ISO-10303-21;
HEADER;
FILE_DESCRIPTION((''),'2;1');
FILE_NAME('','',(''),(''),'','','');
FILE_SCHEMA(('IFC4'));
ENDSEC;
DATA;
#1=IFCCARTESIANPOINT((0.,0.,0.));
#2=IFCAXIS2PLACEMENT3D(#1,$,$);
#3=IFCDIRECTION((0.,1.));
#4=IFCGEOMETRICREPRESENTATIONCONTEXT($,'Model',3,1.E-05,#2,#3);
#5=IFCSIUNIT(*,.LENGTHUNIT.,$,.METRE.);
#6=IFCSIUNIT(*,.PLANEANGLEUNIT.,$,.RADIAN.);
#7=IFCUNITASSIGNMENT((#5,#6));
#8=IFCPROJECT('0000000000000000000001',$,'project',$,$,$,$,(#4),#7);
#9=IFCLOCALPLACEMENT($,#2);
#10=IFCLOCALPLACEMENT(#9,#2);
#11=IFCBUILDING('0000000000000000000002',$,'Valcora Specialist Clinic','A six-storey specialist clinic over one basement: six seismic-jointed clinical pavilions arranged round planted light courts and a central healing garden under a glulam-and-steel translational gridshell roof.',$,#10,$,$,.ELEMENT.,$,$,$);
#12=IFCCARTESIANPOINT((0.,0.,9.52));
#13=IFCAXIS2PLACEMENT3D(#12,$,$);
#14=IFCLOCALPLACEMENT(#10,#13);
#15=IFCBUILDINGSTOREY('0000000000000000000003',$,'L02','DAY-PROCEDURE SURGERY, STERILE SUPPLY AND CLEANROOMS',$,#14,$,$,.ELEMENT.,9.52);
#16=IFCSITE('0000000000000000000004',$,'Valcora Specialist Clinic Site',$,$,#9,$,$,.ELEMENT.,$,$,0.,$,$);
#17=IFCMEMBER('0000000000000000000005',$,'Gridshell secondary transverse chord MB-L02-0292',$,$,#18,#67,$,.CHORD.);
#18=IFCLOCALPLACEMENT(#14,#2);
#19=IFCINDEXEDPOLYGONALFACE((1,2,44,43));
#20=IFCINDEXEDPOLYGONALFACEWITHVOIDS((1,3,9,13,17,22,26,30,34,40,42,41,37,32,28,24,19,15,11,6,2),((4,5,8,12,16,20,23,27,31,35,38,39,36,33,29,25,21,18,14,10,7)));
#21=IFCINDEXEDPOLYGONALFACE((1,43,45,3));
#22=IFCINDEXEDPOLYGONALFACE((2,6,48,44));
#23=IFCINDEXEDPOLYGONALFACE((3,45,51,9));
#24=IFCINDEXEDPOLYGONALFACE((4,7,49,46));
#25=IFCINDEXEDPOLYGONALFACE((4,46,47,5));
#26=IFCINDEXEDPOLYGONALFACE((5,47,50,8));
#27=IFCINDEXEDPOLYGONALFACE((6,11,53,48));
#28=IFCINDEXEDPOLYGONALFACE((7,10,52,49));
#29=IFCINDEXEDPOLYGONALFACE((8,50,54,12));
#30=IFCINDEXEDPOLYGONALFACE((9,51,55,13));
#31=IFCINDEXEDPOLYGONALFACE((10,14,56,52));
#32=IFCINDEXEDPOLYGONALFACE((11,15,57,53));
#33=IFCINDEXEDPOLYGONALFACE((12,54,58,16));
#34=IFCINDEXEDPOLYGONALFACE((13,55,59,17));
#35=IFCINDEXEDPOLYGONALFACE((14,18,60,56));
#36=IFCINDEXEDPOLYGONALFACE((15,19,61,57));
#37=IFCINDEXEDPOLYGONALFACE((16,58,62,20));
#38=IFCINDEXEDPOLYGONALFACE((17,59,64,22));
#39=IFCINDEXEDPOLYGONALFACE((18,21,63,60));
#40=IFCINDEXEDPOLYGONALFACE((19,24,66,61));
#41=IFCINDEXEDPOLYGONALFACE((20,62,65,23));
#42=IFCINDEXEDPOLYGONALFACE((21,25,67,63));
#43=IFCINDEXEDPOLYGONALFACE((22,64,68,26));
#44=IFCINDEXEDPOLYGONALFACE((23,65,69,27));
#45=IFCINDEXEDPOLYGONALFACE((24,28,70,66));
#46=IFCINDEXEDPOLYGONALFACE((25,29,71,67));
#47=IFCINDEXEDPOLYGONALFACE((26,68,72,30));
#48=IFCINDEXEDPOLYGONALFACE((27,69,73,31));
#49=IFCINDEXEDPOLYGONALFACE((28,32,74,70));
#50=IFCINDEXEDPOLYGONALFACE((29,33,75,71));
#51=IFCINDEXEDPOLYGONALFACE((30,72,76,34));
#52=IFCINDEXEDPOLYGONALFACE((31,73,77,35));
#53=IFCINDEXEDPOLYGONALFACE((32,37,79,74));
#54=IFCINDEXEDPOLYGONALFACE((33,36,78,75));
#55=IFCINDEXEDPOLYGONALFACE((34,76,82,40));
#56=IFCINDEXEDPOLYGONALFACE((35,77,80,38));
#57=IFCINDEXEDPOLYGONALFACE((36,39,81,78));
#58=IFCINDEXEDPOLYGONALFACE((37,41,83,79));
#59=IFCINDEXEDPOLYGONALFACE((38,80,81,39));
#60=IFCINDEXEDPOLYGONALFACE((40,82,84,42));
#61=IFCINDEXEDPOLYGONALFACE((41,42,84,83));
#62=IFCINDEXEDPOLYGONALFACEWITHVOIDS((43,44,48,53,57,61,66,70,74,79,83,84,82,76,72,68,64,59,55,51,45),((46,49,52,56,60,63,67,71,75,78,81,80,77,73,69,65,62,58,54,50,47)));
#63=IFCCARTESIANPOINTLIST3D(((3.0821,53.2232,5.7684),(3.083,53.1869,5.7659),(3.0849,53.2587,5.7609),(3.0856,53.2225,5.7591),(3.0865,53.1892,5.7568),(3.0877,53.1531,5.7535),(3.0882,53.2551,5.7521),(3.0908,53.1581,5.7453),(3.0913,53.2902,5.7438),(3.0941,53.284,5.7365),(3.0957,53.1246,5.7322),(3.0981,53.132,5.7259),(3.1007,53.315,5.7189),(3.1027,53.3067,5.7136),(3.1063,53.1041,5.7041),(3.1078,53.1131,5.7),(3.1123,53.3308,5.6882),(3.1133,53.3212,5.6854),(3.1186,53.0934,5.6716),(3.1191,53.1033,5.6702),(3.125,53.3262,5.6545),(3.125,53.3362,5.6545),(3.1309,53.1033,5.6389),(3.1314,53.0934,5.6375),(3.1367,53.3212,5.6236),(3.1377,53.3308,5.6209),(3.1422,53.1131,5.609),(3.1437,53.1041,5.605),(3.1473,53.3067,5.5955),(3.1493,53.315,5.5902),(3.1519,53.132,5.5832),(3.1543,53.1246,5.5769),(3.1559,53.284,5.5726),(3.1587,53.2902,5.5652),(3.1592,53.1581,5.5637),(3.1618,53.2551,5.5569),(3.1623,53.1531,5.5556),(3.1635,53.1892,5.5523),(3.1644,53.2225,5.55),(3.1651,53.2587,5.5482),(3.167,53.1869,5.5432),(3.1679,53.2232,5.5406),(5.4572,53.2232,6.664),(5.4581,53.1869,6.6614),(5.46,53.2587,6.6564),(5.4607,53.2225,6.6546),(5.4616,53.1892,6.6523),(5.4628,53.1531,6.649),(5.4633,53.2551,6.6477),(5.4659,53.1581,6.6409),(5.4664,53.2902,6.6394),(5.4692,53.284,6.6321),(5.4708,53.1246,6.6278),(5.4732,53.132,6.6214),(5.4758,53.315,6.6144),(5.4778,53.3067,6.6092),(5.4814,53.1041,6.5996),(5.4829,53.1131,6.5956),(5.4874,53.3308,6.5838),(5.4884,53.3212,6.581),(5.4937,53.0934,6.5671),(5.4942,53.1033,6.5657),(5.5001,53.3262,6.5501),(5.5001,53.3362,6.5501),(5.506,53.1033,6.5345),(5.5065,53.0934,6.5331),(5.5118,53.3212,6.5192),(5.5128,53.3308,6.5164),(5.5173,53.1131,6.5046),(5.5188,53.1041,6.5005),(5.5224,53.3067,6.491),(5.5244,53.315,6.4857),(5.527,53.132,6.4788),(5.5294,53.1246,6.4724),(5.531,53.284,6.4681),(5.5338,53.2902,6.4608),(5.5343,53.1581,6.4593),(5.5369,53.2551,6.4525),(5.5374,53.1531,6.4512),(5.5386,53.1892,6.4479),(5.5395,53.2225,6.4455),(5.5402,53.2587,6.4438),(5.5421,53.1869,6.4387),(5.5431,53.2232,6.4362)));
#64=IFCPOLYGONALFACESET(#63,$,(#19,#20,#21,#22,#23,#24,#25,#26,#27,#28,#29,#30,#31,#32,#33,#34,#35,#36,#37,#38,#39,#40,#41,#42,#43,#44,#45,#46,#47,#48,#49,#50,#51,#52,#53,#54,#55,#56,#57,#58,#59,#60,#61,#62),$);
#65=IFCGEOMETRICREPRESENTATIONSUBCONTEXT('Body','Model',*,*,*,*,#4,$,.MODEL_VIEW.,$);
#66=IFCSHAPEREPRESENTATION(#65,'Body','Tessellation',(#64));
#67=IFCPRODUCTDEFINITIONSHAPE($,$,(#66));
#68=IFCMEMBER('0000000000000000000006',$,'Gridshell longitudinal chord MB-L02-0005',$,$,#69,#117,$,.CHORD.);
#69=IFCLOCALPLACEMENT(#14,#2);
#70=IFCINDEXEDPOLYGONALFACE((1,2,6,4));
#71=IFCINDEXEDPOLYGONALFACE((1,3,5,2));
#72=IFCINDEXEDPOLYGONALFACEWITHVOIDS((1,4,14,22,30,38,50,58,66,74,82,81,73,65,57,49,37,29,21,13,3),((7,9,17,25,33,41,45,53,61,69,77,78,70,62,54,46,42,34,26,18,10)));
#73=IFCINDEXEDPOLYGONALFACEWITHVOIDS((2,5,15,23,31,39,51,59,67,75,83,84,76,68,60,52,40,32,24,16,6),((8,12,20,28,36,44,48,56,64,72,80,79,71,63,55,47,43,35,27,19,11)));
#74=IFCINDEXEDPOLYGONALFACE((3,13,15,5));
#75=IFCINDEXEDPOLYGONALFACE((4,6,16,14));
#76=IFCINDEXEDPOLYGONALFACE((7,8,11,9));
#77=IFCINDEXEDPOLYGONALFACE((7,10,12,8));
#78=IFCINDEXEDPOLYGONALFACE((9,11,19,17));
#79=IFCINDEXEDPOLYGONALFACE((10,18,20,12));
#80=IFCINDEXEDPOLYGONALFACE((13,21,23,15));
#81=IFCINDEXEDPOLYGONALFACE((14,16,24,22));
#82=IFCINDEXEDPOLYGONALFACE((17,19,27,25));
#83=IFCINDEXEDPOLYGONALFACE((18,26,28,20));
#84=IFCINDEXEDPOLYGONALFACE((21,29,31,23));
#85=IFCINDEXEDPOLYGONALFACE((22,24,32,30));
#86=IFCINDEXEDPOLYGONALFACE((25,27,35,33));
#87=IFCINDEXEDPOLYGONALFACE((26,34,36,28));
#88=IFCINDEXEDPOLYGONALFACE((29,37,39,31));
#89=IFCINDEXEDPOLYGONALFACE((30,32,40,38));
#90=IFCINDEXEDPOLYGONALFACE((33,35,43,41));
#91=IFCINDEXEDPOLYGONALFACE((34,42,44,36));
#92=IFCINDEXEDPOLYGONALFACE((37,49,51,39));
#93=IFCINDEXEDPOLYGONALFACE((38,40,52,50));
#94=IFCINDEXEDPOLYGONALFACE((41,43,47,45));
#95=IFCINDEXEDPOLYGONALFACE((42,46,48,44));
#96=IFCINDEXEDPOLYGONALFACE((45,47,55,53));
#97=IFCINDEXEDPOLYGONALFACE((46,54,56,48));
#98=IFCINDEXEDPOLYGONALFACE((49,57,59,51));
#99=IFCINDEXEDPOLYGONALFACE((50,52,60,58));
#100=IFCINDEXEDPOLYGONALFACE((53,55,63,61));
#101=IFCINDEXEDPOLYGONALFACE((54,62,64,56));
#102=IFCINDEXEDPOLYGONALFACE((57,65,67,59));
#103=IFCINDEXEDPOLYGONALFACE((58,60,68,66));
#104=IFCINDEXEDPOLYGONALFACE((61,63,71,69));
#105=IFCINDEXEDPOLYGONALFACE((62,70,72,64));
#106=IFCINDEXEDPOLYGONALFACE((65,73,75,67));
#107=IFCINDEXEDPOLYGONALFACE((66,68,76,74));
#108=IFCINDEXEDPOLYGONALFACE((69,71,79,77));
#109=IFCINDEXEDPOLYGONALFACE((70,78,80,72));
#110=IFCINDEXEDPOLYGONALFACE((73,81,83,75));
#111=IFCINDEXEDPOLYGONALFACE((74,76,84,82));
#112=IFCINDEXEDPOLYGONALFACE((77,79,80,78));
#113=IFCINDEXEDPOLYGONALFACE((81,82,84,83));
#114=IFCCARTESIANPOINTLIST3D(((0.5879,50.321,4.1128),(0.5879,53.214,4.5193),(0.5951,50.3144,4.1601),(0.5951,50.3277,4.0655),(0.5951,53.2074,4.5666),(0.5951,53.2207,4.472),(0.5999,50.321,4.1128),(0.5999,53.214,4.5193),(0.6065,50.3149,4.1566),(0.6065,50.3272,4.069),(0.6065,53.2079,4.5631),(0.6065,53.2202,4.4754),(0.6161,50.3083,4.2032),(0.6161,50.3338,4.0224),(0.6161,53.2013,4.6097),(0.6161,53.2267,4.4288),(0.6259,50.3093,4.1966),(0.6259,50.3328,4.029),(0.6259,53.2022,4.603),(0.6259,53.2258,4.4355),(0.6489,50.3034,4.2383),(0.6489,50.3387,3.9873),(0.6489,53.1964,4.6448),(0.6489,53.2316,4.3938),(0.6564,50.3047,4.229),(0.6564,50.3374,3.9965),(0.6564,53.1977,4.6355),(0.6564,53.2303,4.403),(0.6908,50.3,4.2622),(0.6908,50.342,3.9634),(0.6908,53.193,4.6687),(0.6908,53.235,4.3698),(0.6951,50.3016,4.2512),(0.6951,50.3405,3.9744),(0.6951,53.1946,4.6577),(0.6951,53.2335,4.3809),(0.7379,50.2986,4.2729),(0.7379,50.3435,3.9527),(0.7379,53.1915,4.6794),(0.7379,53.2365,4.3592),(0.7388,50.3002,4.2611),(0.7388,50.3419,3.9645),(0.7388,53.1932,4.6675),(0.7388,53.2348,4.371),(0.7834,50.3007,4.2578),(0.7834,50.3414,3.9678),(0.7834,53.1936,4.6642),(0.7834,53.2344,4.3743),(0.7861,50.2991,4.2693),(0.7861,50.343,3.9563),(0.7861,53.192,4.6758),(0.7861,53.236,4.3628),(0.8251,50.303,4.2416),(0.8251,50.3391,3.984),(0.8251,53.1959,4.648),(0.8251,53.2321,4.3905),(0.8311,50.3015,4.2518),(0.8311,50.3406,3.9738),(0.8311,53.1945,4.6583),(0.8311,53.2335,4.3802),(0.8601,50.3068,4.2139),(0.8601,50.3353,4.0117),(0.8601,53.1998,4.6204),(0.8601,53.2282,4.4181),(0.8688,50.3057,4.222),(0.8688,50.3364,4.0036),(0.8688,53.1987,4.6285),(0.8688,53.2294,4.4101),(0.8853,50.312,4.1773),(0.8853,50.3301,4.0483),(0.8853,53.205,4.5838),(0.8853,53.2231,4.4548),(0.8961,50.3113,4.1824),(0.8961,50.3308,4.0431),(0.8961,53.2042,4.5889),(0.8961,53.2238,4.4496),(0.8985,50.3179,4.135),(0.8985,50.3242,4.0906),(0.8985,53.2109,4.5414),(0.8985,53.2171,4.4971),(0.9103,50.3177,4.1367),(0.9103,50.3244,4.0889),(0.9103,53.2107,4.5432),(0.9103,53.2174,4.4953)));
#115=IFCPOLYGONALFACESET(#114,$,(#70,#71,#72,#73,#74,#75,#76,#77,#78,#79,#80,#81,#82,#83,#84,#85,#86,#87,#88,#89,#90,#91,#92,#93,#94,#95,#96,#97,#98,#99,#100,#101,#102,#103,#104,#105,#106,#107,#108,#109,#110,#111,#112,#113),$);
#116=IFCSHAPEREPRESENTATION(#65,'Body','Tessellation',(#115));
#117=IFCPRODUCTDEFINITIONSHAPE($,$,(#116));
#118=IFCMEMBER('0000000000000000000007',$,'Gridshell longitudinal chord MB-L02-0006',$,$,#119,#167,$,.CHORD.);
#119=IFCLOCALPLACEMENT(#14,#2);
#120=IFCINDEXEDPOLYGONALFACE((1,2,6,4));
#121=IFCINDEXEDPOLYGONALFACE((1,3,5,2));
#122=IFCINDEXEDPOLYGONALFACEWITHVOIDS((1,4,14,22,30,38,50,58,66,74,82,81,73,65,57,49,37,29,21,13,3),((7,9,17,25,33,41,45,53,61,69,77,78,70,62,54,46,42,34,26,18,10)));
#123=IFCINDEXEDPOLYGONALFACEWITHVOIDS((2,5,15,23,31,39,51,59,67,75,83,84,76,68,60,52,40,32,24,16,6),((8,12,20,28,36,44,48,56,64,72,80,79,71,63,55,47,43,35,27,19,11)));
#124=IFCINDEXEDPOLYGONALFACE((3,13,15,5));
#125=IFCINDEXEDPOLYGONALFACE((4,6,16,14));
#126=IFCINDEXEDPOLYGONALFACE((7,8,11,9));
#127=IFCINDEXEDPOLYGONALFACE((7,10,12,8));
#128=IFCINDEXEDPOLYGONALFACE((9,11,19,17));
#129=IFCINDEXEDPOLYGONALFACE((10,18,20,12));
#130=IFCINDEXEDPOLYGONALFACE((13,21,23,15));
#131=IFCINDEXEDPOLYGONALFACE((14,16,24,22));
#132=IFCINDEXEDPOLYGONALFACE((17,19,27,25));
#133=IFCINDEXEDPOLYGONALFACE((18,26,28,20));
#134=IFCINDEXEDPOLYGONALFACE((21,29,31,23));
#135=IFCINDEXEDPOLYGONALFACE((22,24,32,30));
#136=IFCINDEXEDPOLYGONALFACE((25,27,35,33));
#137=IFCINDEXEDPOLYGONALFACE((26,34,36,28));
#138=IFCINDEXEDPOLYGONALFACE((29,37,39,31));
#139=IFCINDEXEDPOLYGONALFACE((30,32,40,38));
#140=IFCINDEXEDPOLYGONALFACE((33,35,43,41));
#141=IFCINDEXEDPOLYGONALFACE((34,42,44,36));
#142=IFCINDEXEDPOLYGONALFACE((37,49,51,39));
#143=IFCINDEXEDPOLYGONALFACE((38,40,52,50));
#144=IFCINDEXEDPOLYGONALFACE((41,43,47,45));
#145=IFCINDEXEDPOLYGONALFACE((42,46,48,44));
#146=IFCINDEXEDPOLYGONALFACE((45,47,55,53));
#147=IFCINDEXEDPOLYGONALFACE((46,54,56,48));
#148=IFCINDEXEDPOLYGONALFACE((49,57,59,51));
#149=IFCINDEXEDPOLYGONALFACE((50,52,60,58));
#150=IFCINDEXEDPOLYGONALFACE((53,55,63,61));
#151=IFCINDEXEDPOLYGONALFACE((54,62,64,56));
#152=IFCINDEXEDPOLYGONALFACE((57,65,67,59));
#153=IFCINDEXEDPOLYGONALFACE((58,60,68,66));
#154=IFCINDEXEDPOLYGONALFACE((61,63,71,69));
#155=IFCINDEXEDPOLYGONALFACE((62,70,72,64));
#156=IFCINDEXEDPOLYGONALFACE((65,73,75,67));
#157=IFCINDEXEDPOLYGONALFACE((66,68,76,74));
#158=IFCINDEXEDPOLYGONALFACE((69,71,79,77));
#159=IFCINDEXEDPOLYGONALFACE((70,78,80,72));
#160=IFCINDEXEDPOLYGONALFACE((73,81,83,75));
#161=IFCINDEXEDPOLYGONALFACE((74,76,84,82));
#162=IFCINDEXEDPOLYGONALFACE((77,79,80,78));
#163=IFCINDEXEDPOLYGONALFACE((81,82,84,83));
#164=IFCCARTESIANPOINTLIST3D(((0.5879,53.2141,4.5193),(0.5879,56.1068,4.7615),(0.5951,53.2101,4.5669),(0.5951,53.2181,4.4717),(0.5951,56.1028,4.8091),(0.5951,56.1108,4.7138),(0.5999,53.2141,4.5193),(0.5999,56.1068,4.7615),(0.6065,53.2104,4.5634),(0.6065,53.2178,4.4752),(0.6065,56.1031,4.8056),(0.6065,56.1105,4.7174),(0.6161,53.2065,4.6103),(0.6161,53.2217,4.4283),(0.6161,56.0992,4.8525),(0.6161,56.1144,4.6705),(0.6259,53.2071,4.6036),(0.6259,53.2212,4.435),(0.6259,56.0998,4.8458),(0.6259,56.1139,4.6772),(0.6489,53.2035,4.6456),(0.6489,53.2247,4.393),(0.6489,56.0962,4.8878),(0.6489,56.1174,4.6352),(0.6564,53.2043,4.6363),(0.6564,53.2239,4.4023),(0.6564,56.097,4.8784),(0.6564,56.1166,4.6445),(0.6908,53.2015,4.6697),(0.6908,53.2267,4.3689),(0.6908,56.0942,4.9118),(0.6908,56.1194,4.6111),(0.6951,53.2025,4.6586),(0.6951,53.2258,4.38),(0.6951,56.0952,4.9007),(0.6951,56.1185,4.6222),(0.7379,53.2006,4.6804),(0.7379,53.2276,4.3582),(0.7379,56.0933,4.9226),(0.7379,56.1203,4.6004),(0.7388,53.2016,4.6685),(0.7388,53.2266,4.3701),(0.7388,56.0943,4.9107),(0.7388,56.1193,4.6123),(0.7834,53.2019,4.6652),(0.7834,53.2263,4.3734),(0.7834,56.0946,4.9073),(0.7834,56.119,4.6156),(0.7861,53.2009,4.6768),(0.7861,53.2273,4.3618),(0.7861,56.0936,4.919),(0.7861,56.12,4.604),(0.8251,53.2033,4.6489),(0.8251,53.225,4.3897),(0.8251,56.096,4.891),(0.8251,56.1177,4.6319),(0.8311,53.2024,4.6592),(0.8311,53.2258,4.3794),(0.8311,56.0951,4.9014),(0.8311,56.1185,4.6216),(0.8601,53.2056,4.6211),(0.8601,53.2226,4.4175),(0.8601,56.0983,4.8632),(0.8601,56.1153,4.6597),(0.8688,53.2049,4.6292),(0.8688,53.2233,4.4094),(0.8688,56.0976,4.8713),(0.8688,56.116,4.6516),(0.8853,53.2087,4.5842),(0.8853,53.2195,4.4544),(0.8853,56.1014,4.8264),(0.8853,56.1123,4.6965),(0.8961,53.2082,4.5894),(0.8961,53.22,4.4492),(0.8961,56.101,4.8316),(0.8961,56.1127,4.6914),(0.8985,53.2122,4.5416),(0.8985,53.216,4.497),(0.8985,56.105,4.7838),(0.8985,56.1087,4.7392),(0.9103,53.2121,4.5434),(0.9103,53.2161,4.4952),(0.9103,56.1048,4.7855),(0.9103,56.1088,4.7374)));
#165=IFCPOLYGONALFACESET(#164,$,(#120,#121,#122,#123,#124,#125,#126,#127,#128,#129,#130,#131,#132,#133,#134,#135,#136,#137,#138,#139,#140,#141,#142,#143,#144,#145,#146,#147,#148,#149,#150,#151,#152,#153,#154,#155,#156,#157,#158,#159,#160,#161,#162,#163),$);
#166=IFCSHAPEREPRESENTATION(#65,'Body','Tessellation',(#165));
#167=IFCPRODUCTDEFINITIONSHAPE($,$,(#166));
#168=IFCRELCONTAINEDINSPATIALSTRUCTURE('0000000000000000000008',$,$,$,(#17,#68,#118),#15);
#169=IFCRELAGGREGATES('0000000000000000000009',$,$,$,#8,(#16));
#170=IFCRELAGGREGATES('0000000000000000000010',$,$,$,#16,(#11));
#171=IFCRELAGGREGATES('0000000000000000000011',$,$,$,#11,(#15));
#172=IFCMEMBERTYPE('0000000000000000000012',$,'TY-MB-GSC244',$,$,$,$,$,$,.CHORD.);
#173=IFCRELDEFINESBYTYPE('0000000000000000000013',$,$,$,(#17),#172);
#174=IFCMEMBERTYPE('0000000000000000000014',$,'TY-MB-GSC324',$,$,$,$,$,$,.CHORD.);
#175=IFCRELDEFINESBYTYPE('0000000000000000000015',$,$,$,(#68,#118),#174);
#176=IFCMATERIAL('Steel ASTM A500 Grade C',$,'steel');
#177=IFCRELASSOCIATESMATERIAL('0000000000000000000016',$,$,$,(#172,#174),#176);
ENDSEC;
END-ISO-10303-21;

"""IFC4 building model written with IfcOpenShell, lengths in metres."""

from ifc_helpers import new_model, si_unit, direction, frame, origin, origin_2d, place, context, subcontext, project, spatial, hollow_circle, extrude, material, material_profile, profile_set, type_object, element, save


model = new_model("IFC4")

# Units and contexts
model_context = context("Model", 3, precision=1e-05, world=origin(), true_north=direction((0.0, 1.0)))
body_context = subcontext(model_context, "Body", "Model", "MODEL_VIEW")
ifc_project = project(units=[si_unit("LENGTHUNIT", "METRE"), si_unit("PLANEANGLEUNIT", "RADIAN")], contexts=[model_context])

# Site, building, storey
site_placement = place(None, origin())
site = spatial("IfcSite", under=ifc_project, at=site_placement, Name="Valcora Specialist Clinic Site", CompositionType="ELEMENT", RefElevation=0.0)
building_placement = place(site_placement, origin())
building = spatial("IfcBuilding", under=site, at=building_placement, Name="Valcora Specialist Clinic", Description="A six-storey specialist clinic over one basement: six seismic-jointed clinical pavilions arranged round planted light courts and a central healing garden under a glulam-and-steel translational gridshell roof.", CompositionType="ELEMENT")
storey_placement = place(building_placement, frame((0.0, 0.0, 9.52)))
storey = spatial("IfcBuildingStorey", under=building, at=storey_placement, Name="L02", Description="DAY-PROCEDURE SURGERY, STERILE SUPPLY AND CLEANROOMS", CompositionType="ELEMENT", Elevation=9.52)

# Members
ifc_material_1 = material(Name="Steel ASTM A500 Grade C", Category="steel")
ifc_material_profile_1 = material_profile(ifc_material_1, hollow_circle(Radius=0.1221, WallThickness=0.01, at=origin_2d()), Name="ST-CHS-244X10")
ifc_profile_set_1 = profile_set([ifc_material_profile_1], Name="Steel ASTM A500 Grade C")
member_type_1 = type_object("IfcMemberType", Name="TY-MB-GSC244", PredefinedType="CHORD", material=ifc_profile_set_1)
member_1_placement = place(storey_placement, frame((3.125, 53.2141, 5.6545), z_axis=(0.935695, 0.0, 0.352809), x_axis=(0.0, 1.0, 0.0)))
element("IfcMember", 1, at=member_1_placement, inside=storey, type_object=member_type_1, Name="Gridshell secondary transverse chord MB-L02-0292", PredefinedType="CHORD", context=body_context, shape_type="SweptSolid", body=[
    extrude(hollow_circle(Radius=0.1221, WallThickness=0.01, at=origin_2d()), origin(), (0.0, 0.0, 1.0), 2.5383),
])
ifc_material_profile_2 = material_profile(ifc_material_1, hollow_circle(Radius=0.1621, WallThickness=0.012, at=origin_2d()), Name="ST-CHS-324X12")
ifc_profile_set_2 = profile_set([ifc_material_profile_2], Name="Steel ASTM A500 Grade C")
member_type_2 = type_object("IfcMemberType", Name="TY-MB-GSC324", PredefinedType="CHORD", material=ifc_profile_set_2)
member_2_placement = place(storey_placement, frame((0.75, 50.321, 4.1128), z_axis=(0.0, 0.990273, 0.13914), x_axis=(-1.0, 0.0, 0.0)))
element("IfcMember", 2, at=member_2_placement, inside=storey, type_object=member_type_2, Name="Gridshell longitudinal chord MB-L02-0005", PredefinedType="CHORD", context=body_context, shape_type="SweptSolid", body=[
    extrude(hollow_circle(Radius=0.1621, WallThickness=0.012, at=origin_2d()), origin(), (0.0, 0.0, 1.0), 2.9214),
])
member_3_placement = place(storey_placement, frame((0.75, 53.2141, 4.5193), z_axis=(0.0, 0.996514, 0.083428), x_axis=(-1.0, 0.0, 0.0)))
element("IfcMember", 3, at=member_3_placement, inside=storey, type_object=member_type_2, Name="Gridshell longitudinal chord MB-L02-0006", PredefinedType="CHORD", context=body_context, shape_type="SweptSolid", body=[
    extrude(hollow_circle(Radius=0.1621, WallThickness=0.012, at=origin_2d()), origin(), (0.0, 0.0, 1.0), 2.9028),
])

save(model, "model.ifc")
